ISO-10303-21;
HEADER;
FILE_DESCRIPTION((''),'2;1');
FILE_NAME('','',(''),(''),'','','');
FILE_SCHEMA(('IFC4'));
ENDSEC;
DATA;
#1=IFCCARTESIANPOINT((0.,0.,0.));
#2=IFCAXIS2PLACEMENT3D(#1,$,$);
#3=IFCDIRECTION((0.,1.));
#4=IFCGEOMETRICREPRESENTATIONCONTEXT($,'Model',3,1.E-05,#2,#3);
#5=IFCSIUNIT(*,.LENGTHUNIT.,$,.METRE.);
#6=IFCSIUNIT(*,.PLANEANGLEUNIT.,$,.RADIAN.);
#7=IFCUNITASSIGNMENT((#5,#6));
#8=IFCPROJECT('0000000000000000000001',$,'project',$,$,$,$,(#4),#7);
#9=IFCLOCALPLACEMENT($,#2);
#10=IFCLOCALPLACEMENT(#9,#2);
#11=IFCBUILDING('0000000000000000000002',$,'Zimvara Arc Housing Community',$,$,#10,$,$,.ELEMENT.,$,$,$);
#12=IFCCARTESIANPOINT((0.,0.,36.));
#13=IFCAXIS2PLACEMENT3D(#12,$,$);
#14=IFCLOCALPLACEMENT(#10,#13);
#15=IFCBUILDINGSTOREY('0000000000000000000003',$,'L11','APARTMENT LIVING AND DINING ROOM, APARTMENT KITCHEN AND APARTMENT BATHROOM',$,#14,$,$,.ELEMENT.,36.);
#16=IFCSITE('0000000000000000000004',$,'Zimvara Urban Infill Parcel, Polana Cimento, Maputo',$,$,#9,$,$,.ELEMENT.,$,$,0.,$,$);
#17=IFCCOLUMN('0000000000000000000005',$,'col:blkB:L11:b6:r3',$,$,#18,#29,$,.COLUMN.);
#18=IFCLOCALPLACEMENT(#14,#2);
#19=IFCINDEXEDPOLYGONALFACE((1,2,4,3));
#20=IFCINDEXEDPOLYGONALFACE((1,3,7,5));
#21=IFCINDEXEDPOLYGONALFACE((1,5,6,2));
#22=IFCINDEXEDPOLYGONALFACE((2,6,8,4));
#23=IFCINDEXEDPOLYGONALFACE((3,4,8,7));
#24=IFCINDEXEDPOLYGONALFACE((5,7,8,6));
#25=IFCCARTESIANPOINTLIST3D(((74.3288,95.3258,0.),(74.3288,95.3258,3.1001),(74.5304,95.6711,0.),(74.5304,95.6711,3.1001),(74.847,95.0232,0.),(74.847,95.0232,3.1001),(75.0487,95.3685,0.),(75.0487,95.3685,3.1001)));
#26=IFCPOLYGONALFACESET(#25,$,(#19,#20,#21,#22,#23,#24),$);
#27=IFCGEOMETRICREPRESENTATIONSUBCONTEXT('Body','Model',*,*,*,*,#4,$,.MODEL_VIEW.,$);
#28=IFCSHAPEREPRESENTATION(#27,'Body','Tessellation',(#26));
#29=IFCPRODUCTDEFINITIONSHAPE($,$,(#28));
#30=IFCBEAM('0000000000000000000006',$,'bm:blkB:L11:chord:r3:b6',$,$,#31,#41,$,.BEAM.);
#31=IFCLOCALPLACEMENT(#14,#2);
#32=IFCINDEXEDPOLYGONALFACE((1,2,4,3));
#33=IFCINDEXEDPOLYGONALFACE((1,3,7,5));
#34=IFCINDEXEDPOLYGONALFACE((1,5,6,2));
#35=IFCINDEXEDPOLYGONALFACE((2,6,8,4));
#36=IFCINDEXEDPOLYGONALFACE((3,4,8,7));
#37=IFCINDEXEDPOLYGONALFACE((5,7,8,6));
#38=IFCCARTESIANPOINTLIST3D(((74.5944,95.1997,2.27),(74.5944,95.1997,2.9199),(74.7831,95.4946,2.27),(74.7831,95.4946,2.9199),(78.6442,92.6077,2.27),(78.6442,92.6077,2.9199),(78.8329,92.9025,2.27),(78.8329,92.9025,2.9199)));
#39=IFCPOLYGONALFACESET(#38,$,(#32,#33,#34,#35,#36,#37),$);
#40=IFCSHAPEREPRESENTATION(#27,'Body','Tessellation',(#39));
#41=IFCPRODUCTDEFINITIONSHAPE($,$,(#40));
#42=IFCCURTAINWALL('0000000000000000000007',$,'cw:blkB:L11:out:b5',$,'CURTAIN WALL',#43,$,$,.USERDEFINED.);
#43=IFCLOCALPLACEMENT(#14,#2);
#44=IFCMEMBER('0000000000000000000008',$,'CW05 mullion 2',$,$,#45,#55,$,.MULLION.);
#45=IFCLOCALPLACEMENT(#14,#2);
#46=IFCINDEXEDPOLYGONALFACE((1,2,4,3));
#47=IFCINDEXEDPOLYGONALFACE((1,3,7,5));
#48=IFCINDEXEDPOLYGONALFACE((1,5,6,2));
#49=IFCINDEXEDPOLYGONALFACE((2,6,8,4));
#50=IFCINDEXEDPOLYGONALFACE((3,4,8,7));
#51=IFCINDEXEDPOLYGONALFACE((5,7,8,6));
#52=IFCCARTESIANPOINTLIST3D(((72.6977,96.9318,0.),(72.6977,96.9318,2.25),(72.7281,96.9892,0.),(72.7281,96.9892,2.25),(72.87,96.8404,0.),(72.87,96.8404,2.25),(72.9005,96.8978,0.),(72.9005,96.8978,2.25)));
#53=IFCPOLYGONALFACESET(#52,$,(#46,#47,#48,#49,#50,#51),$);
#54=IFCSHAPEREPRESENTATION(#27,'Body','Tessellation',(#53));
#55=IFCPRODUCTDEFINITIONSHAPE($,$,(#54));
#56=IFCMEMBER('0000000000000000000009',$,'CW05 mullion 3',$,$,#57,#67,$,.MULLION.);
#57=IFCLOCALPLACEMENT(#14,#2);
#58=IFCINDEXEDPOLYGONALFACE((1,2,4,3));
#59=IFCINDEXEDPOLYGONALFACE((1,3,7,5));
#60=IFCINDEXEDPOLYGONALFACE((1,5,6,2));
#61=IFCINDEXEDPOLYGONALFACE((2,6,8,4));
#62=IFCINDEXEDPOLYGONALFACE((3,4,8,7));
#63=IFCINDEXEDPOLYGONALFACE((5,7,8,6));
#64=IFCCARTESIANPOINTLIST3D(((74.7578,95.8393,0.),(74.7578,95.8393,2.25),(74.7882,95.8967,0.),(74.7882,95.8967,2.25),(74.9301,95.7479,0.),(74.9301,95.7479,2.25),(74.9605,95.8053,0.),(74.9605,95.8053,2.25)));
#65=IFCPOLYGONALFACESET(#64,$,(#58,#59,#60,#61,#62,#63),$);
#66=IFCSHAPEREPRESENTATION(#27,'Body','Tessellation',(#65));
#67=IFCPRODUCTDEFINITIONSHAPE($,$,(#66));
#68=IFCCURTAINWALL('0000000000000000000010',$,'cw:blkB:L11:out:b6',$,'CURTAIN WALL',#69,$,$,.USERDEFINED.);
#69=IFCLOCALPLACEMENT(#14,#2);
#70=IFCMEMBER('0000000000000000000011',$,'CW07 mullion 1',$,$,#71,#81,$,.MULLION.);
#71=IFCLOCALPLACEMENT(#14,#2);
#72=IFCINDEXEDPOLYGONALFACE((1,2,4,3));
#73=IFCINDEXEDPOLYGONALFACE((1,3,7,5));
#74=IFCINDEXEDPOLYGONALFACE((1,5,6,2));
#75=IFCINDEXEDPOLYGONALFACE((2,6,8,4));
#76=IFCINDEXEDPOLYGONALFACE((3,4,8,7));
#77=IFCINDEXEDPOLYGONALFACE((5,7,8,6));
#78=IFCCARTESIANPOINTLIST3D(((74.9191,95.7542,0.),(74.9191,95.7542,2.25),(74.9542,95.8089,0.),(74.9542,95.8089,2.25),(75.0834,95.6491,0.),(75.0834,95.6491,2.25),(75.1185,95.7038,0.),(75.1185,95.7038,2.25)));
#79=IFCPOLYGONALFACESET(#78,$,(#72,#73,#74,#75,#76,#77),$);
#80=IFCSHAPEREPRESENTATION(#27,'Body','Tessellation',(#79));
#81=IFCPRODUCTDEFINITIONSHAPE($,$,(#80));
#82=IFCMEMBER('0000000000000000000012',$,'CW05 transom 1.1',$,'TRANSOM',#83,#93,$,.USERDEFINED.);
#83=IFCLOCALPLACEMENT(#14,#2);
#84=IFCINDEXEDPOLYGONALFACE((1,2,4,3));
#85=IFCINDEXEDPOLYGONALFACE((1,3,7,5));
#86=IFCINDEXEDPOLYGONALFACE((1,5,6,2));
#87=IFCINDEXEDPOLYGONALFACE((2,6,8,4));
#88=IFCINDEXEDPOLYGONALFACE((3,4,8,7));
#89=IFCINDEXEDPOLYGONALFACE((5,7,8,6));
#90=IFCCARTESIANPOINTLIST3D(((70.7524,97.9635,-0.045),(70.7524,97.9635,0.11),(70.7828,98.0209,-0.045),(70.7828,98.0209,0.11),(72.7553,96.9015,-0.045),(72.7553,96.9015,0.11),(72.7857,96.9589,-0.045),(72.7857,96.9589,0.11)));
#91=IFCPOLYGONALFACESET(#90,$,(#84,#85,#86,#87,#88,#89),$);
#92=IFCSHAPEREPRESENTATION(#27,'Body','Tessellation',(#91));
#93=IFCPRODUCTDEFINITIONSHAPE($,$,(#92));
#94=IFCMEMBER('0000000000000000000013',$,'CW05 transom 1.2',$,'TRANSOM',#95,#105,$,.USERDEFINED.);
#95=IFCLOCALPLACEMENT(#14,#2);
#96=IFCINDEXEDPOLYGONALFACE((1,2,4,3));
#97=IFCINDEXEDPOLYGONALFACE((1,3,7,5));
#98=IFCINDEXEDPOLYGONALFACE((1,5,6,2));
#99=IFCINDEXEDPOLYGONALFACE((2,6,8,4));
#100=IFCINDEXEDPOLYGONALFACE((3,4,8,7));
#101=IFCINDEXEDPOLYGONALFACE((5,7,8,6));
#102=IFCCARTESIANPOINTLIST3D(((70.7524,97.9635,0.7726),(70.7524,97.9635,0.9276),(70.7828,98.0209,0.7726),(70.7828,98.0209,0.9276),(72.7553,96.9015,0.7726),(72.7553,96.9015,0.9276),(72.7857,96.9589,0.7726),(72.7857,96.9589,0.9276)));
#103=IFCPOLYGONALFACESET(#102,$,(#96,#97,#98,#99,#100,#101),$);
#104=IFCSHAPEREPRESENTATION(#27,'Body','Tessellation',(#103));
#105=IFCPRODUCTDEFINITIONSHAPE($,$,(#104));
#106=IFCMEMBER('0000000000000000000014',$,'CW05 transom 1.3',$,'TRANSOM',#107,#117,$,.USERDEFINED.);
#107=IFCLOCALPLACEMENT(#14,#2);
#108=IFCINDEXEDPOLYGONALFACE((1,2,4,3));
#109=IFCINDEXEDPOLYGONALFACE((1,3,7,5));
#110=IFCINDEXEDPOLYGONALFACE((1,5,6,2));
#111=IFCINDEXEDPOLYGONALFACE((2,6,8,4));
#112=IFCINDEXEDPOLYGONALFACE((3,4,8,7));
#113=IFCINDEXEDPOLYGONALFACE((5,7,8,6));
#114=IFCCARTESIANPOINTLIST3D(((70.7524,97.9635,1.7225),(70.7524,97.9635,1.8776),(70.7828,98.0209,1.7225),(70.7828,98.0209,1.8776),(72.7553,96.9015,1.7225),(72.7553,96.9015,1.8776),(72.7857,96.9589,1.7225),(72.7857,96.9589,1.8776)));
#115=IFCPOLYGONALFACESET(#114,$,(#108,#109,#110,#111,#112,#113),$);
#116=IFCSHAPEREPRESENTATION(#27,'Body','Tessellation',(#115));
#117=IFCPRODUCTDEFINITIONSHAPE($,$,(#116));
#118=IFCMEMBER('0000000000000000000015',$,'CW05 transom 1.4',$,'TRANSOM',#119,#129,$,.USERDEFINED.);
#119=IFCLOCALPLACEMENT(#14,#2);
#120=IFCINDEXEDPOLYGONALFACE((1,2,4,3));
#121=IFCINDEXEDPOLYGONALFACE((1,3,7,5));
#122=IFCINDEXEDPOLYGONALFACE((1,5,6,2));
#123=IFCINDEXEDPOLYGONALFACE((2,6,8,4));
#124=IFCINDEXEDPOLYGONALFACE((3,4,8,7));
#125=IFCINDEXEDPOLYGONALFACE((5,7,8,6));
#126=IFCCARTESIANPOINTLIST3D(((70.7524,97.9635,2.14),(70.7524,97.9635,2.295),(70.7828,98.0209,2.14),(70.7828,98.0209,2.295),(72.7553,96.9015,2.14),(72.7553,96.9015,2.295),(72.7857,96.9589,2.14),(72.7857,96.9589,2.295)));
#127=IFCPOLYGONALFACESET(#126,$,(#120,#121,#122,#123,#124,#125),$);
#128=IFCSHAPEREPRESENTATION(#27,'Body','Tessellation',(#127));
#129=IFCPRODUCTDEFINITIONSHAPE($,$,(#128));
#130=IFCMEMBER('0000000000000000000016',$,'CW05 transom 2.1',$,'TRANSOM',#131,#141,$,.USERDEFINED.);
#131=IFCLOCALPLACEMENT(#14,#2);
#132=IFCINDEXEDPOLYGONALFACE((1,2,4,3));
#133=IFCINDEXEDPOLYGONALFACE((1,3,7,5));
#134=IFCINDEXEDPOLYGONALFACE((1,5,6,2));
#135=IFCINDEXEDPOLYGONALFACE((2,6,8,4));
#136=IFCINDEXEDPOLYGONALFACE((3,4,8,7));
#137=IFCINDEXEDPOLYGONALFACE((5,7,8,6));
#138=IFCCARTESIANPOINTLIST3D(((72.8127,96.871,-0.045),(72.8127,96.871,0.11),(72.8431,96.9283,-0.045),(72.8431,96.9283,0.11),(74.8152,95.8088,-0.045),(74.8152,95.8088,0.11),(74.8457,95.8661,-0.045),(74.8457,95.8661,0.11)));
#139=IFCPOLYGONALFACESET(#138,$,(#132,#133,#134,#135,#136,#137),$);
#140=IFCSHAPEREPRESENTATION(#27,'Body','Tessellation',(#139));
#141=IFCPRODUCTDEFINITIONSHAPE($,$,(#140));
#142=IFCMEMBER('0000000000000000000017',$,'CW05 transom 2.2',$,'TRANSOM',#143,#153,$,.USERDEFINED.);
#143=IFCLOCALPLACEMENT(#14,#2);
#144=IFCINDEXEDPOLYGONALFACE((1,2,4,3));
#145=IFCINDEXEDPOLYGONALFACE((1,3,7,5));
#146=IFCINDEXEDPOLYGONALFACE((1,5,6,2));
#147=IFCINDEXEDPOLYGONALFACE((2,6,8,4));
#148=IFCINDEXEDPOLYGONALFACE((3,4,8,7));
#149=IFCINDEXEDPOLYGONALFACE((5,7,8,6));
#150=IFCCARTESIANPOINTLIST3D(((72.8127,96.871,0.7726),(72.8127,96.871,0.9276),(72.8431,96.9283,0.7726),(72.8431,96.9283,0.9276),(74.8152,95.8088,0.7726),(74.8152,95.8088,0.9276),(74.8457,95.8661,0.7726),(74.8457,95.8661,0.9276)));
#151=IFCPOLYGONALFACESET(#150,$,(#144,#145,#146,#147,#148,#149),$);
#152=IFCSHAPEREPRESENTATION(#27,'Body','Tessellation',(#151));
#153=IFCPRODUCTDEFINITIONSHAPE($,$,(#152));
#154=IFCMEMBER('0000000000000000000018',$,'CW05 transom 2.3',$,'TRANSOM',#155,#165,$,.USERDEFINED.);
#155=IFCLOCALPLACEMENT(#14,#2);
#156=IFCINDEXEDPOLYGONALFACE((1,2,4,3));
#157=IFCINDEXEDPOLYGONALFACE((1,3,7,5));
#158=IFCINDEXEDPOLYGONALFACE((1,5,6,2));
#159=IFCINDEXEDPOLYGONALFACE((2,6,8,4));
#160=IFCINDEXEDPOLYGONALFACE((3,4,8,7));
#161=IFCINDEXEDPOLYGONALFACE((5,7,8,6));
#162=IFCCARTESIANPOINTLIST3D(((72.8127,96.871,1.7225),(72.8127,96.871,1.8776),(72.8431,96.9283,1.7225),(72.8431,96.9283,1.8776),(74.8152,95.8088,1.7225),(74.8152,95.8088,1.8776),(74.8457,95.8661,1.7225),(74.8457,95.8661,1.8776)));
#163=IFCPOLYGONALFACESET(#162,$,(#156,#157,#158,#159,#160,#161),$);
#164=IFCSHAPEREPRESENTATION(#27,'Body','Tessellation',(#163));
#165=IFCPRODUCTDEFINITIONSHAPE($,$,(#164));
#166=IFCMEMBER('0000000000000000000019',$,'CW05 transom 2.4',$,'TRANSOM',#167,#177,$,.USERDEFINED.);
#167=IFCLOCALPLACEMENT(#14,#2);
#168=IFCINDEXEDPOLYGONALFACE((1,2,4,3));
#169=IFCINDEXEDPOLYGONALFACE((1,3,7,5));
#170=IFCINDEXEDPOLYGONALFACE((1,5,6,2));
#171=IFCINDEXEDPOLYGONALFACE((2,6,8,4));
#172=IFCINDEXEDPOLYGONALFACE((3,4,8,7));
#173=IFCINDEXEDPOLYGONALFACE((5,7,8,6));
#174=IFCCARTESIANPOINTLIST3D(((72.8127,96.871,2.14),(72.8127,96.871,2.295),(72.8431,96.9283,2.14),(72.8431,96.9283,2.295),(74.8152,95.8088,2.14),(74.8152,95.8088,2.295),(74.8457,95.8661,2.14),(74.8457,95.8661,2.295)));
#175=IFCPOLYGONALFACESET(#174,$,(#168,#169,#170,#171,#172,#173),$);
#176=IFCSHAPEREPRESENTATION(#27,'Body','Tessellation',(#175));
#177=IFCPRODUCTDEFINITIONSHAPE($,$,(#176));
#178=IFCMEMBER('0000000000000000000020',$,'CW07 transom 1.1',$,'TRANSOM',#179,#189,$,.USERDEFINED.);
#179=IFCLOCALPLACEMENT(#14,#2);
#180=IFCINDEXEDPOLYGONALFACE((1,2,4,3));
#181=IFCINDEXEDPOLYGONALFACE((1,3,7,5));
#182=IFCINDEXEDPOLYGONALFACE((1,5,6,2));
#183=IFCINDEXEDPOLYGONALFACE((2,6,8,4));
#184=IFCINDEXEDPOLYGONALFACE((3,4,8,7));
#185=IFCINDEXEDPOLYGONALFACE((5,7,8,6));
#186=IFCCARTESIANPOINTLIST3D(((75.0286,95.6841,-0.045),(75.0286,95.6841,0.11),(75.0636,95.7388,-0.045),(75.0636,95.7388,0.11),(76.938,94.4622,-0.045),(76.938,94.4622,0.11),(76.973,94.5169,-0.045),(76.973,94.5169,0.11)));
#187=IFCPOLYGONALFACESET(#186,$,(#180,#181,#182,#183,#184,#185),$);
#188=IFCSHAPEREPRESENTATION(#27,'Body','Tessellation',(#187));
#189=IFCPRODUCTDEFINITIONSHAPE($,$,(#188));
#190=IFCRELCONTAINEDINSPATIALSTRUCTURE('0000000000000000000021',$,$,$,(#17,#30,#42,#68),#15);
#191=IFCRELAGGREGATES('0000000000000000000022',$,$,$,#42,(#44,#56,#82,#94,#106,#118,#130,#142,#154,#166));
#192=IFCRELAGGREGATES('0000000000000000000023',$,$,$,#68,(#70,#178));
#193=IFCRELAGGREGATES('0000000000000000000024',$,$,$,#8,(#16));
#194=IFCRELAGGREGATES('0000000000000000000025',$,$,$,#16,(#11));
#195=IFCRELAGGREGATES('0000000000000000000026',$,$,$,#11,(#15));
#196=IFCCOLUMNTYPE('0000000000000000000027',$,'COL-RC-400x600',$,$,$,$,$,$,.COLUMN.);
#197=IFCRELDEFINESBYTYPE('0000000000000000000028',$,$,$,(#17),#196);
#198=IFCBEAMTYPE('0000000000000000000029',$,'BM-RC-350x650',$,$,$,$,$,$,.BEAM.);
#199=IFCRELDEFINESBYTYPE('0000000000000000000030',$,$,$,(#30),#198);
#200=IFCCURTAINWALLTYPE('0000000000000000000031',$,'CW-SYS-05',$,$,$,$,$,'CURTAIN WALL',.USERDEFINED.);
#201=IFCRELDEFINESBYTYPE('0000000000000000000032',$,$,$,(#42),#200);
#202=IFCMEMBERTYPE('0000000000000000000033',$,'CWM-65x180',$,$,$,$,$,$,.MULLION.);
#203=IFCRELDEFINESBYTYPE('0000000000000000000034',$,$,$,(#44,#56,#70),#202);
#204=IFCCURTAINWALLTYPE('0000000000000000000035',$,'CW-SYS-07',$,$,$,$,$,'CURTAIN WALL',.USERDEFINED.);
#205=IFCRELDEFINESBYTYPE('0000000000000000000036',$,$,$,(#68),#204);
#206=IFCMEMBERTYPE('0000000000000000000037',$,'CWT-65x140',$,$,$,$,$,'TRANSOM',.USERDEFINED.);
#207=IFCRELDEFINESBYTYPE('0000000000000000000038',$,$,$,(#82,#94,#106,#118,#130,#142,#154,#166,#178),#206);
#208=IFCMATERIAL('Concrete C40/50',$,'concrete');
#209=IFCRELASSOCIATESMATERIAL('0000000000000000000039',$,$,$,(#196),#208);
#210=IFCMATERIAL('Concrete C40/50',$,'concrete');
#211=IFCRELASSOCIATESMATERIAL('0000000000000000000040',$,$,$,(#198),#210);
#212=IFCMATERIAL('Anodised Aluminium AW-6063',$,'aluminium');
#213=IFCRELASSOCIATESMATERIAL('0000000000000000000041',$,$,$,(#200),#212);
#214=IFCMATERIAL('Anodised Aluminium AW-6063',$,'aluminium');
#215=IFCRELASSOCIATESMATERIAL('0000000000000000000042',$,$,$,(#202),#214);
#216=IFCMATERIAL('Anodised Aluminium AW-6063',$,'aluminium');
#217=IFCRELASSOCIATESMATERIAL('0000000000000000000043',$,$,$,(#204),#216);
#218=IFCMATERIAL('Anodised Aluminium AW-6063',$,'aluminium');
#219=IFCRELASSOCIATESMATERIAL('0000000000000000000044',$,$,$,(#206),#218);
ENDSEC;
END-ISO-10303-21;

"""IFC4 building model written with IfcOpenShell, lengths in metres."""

from ifc_helpers import new_model, si_unit, direction, frame, origin, origin_2d, place, context, subcontext, project, spatial, rectangle, extrude, material, material_profile, profile_set, type_object, element, aggregate, save


model = new_model("IFC4")

# Units and contexts
model_context = context("Model", 3, precision=1e-05, world=origin(), true_north=direction((0.0, 1.0)))
body_context = subcontext(model_context, "Body", "Model", "MODEL_VIEW")
ifc_project = project(units=[si_unit("LENGTHUNIT", "METRE"), si_unit("PLANEANGLEUNIT", "RADIAN")], contexts=[model_context])

# Site, building, storey
site_placement = place(None, origin())
site = spatial("IfcSite", under=ifc_project, at=site_placement, Name="Zimvara Urban Infill Parcel, Polana Cimento, Maputo", CompositionType="ELEMENT", RefElevation=0.0)
building_placement = place(site_placement, origin())
building = spatial("IfcBuilding", under=site, at=building_placement, Name="Zimvara Arc Housing Community", CompositionType="ELEMENT")
storey_placement = place(building_placement, frame((0.0, 0.0, 36.0)))
storey = spatial("IfcBuildingStorey", under=building, at=storey_placement, Name="L11", Description="APARTMENT LIVING AND DINING ROOM, APARTMENT KITCHEN AND APARTMENT BATHROOM", CompositionType="ELEMENT", Elevation=36.0)

# Column
ifc_material_1 = material(Name="Concrete C40/50", Category="concrete")
ifc_material_profile_1 = material_profile(ifc_material_1, rectangle(XDim=0.3999, YDim=0.6001, at=origin_2d()), Name="RC 400x600")
ifc_profile_set_1 = profile_set([ifc_material_profile_1], Name="Concrete C40/50")
column_type = type_object("IfcColumnType", Name="COL-RC-400x600", PredefinedType="COLUMN", material=ifc_profile_set_1)
column_placement = place(storey_placement, frame((74.6887, 95.3472, 0.0), z_axis=(0.0, 0.0, 1.0), x_axis=(0.504226, 0.863572, 0.0)))
element("IfcColumn", 1, at=column_placement, inside=storey, type_object=column_type, Name="col:blkB:L11:b6:r3", PredefinedType="COLUMN", context=body_context, shape_type="SweptSolid", body=[
    extrude(rectangle(XDim=0.3999, YDim=0.6001, at=origin_2d()), origin(), (0.0, 0.0, 1.0), 3.1001),
])

# Beam
ifc_material_2 = material(Name="Concrete C40/50", Category="concrete")
ifc_material_profile_2 = material_profile(ifc_material_2, rectangle(XDim=0.3501, YDim=0.6499, at=origin_2d()), Name="RC 350x650")
ifc_profile_set_2 = profile_set([ifc_material_profile_2], Name="Concrete C40/50")
beam_type = type_object("IfcBeamType", Name="BM-RC-350x650", PredefinedType="BEAM", material=ifc_profile_set_2)
beam_placement = place(storey_placement, frame((74.6887, 95.3472, 2.595), z_axis=(0.842256, -0.539078, 0.0), x_axis=(0.539078, 0.842256, 0.0)))
element("IfcBeam", 2, at=beam_placement, inside=storey, type_object=beam_type, Name="bm:blkB:L11:chord:r3:b6", PredefinedType="BEAM", context=body_context, shape_type="SweptSolid", body=[
    extrude(rectangle(XDim=0.3501, YDim=0.6499, at=origin_2d()), origin(), (0.0, 0.0, 1.0), 4.8083),
])

# Curtain wall, members
ifc_material_3 = material(Name="Anodised Aluminium AW-6063", Category="aluminium")
curtain_wall_type_1 = type_object("IfcCurtainWallType", Name="CW-SYS-05", ElementType="CURTAIN WALL", PredefinedType="USERDEFINED", material=ifc_material_3)
curtain_wall_1_placement = place(storey_placement, origin())
curtain_wall_1 = element("IfcCurtainWall", 3, at=curtain_wall_1_placement, inside=storey, type_object=curtain_wall_type_1, Name="cw:blkB:L11:out:b5", ObjectType="CURTAIN WALL", PredefinedType="USERDEFINED")
ifc_material_4 = material(Name="Anodised Aluminium AW-6063", Category="aluminium")
ifc_material_profile_3 = material_profile(ifc_material_4, rectangle(XDim=0.0649, YDim=0.1951, at=origin_2d()), Name="ALU 65x195")
ifc_profile_set_3 = profile_set([ifc_material_profile_3], Name="Anodised Aluminium AW-6063")
member_type_1 = type_object("IfcMemberType", Name="CWM-65x180", PredefinedType="MULLION", material=ifc_profile_set_3)
member_1_placement = place(storey_placement, frame((72.7991, 96.9148, 0.0), z_axis=(0.0, 0.0, 1.0), x_axis=(0.468547, 0.883439, 0.0)))
member_1 = element("IfcMember", 4, at=member_1_placement, type_object=member_type_1, Name="CW05 mullion 2", PredefinedType="MULLION", context=body_context, shape_type="SweptSolid", body=[
    extrude(rectangle(XDim=0.0649, YDim=0.1951, at=origin_2d()), origin(), (0.0, 0.0, 1.0), 2.25),
])
member_2_placement = place(storey_placement, frame((74.8591, 95.8223, 0.0), z_axis=(0.0, 0.0, 1.0), x_axis=(0.468547, 0.883439, 0.0)))
member_2 = element("IfcMember", 5, at=member_2_placement, type_object=member_type_1, Name="CW05 mullion 3", PredefinedType="MULLION", context=body_context, shape_type="SweptSolid", body=[
    extrude(rectangle(XDim=0.0649, YDim=0.1951, at=origin_2d()), origin(), (0.0, 0.0, 1.0), 2.25),
])

# Curtain wall, member
ifc_material_5 = material(Name="Anodised Aluminium AW-6063", Category="aluminium")
curtain_wall_type_2 = type_object("IfcCurtainWallType", Name="CW-SYS-07", ElementType="CURTAIN WALL", PredefinedType="USERDEFINED", material=ifc_material_5)
curtain_wall_2_placement = place(storey_placement, origin())
curtain_wall_2 = element("IfcCurtainWall", 6, at=curtain_wall_2_placement, inside=storey, type_object=curtain_wall_type_2, Name="cw:blkB:L11:out:b6", ObjectType="CURTAIN WALL", PredefinedType="USERDEFINED")
member_3_placement = place(storey_placement, frame((75.0188, 95.729, 0.0), z_axis=(0.0, 0.0, 1.0), x_axis=(0.539065, 0.842264, 0.0)))
member_3 = element("IfcMember", 7, at=member_3_placement, type_object=member_type_1, Name="CW07 mullion 1", PredefinedType="MULLION", context=body_context, shape_type="SweptSolid", body=[
    extrude(rectangle(XDim=0.0649, YDim=0.1951, at=origin_2d()), origin(), (0.0, 0.0, 1.0), 2.25),
])

# Members
ifc_material_6 = material(Name="Anodised Aluminium AW-6063", Category="aluminium")
ifc_material_profile_4 = material_profile(ifc_material_6, rectangle(XDim=0.0649, YDim=0.155, at=origin_2d()), Name="ALU 65x155")
ifc_profile_set_4 = profile_set([ifc_material_profile_4], Name="Anodised Aluminium AW-6063")
member_type_2 = type_object("IfcMemberType", Name="CWT-65x140", ElementType="TRANSOM", PredefinedType="USERDEFINED", material=ifc_profile_set_4)
member_4_placement = place(storey_placement, frame((70.7676, 97.9922, 0.0325), z_axis=(0.883489, -0.468452, 0.0), x_axis=(0.468452, 0.883489, 0.0)))
member_4 = element("IfcMember", 8, at=member_4_placement, type_object=member_type_2, Name="CW05 transom 1.1", ObjectType="TRANSOM", PredefinedType="USERDEFINED", context=body_context, shape_type="SweptSolid", body=[
    extrude(rectangle(XDim=0.0649, YDim=0.155, at=origin_2d()), origin(), (0.0, 0.0, 1.0), 2.2671),
])
member_5_placement = place(storey_placement, frame((70.7676, 97.9922, 0.8501), z_axis=(0.883489, -0.468452, 0.0), x_axis=(0.468452, 0.883489, 0.0)))
member_5 = element("IfcMember", 9, at=member_5_placement, type_object=member_type_2, Name="CW05 transom 1.2", ObjectType="TRANSOM", PredefinedType="USERDEFINED", context=body_context, shape_type="SweptSolid", body=[
    extrude(rectangle(XDim=0.0649, YDim=0.155, at=origin_2d()), origin(), (0.0, 0.0, 1.0), 2.2671),
])
member_6_placement = place(storey_placement, frame((70.7676, 97.9922, 1.8), z_axis=(0.883489, -0.468452, 0.0), x_axis=(0.468452, 0.883489, 0.0)))
member_6 = element("IfcMember", 10, at=member_6_placement, type_object=member_type_2, Name="CW05 transom 1.3", ObjectType="TRANSOM", PredefinedType="USERDEFINED", context=body_context, shape_type="SweptSolid", body=[
    extrude(rectangle(XDim=0.0649, YDim=0.155, at=origin_2d()), origin(), (0.0, 0.0, 1.0), 2.2671),
])
member_7_placement = place(storey_placement, frame((70.7676, 97.9922, 2.2175), z_axis=(0.883489, -0.468452, 0.0), x_axis=(0.468452, 0.883489, 0.0)))
member_7 = element("IfcMember", 11, at=member_7_placement, type_object=member_type_2, Name="CW05 transom 1.4", ObjectType="TRANSOM", PredefinedType="USERDEFINED", context=body_context, shape_type="SweptSolid", body=[
    extrude(rectangle(XDim=0.0649, YDim=0.155, at=origin_2d()), origin(), (0.0, 0.0, 1.0), 2.2671),
])
member_8_placement = place(storey_placement, frame((72.8279, 96.8997, 0.0325), z_axis=(0.883421, -0.46858, 0.0), x_axis=(0.46858, 0.883421, 0.0)))
member_8 = element("IfcMember", 12, at=member_8_placement, type_object=member_type_2, Name="CW05 transom 2.1", ObjectType="TRANSOM", PredefinedType="USERDEFINED", context=body_context, shape_type="SweptSolid", body=[
    extrude(rectangle(XDim=0.0649, YDim=0.155, at=origin_2d()), origin(), (0.0, 0.0, 1.0), 2.2668),
])
member_9_placement = place(storey_placement, frame((72.8279, 96.8997, 0.8501), z_axis=(0.883421, -0.46858, 0.0), x_axis=(0.46858, 0.883421, 0.0)))
member_9 = element("IfcMember", 13, at=member_9_placement, type_object=member_type_2, Name="CW05 transom 2.2", ObjectType="TRANSOM", PredefinedType="USERDEFINED", context=body_context, shape_type="SweptSolid", body=[
    extrude(rectangle(XDim=0.0649, YDim=0.155, at=origin_2d()), origin(), (0.0, 0.0, 1.0), 2.2668),
])
member_10_placement = place(storey_placement, frame((72.8279, 96.8997, 1.8), z_axis=(0.883421, -0.46858, 0.0), x_axis=(0.46858, 0.883421, 0.0)))
member_10 = element("IfcMember", 14, at=member_10_placement, type_object=member_type_2, Name="CW05 transom 2.3", ObjectType="TRANSOM", PredefinedType="USERDEFINED", context=body_context, shape_type="SweptSolid", body=[
    extrude(rectangle(XDim=0.0649, YDim=0.155, at=origin_2d()), origin(), (0.0, 0.0, 1.0), 2.2668),
])
member_11_placement = place(storey_placement, frame((72.8279, 96.8997, 2.2175), z_axis=(0.883421, -0.46858, 0.0), x_axis=(0.46858, 0.883421, 0.0)))
member_11 = element("IfcMember", 15, at=member_11_placement, type_object=member_type_2, Name="CW05 transom 2.4", ObjectType="TRANSOM", PredefinedType="USERDEFINED", context=body_context, shape_type="SweptSolid", body=[
    extrude(rectangle(XDim=0.0649, YDim=0.155, at=origin_2d()), origin(), (0.0, 0.0, 1.0), 2.2668),
])
member_12_placement = place(storey_placement, frame((75.0461, 95.7114, 0.0325), z_axis=(0.842293, -0.53902, 0.0), x_axis=(0.53902, 0.842293, 0.0)))
member_12 = element("IfcMember", 16, at=member_12_placement, type_object=member_type_2, Name="CW07 transom 1.1", ObjectType="TRANSOM", PredefinedType="USERDEFINED", context=body_context, shape_type="SweptSolid", body=[
    extrude(rectangle(XDim=0.0649, YDim=0.155, at=origin_2d()), origin(), (0.0, 0.0, 1.0), 2.2668),
])

aggregate(curtain_wall_1, [member_1, member_2, member_4, member_5, member_6, member_7, member_8, member_9, member_10, member_11])
aggregate(curtain_wall_2, [member_3, member_12])

save(model, "model.ifc")
